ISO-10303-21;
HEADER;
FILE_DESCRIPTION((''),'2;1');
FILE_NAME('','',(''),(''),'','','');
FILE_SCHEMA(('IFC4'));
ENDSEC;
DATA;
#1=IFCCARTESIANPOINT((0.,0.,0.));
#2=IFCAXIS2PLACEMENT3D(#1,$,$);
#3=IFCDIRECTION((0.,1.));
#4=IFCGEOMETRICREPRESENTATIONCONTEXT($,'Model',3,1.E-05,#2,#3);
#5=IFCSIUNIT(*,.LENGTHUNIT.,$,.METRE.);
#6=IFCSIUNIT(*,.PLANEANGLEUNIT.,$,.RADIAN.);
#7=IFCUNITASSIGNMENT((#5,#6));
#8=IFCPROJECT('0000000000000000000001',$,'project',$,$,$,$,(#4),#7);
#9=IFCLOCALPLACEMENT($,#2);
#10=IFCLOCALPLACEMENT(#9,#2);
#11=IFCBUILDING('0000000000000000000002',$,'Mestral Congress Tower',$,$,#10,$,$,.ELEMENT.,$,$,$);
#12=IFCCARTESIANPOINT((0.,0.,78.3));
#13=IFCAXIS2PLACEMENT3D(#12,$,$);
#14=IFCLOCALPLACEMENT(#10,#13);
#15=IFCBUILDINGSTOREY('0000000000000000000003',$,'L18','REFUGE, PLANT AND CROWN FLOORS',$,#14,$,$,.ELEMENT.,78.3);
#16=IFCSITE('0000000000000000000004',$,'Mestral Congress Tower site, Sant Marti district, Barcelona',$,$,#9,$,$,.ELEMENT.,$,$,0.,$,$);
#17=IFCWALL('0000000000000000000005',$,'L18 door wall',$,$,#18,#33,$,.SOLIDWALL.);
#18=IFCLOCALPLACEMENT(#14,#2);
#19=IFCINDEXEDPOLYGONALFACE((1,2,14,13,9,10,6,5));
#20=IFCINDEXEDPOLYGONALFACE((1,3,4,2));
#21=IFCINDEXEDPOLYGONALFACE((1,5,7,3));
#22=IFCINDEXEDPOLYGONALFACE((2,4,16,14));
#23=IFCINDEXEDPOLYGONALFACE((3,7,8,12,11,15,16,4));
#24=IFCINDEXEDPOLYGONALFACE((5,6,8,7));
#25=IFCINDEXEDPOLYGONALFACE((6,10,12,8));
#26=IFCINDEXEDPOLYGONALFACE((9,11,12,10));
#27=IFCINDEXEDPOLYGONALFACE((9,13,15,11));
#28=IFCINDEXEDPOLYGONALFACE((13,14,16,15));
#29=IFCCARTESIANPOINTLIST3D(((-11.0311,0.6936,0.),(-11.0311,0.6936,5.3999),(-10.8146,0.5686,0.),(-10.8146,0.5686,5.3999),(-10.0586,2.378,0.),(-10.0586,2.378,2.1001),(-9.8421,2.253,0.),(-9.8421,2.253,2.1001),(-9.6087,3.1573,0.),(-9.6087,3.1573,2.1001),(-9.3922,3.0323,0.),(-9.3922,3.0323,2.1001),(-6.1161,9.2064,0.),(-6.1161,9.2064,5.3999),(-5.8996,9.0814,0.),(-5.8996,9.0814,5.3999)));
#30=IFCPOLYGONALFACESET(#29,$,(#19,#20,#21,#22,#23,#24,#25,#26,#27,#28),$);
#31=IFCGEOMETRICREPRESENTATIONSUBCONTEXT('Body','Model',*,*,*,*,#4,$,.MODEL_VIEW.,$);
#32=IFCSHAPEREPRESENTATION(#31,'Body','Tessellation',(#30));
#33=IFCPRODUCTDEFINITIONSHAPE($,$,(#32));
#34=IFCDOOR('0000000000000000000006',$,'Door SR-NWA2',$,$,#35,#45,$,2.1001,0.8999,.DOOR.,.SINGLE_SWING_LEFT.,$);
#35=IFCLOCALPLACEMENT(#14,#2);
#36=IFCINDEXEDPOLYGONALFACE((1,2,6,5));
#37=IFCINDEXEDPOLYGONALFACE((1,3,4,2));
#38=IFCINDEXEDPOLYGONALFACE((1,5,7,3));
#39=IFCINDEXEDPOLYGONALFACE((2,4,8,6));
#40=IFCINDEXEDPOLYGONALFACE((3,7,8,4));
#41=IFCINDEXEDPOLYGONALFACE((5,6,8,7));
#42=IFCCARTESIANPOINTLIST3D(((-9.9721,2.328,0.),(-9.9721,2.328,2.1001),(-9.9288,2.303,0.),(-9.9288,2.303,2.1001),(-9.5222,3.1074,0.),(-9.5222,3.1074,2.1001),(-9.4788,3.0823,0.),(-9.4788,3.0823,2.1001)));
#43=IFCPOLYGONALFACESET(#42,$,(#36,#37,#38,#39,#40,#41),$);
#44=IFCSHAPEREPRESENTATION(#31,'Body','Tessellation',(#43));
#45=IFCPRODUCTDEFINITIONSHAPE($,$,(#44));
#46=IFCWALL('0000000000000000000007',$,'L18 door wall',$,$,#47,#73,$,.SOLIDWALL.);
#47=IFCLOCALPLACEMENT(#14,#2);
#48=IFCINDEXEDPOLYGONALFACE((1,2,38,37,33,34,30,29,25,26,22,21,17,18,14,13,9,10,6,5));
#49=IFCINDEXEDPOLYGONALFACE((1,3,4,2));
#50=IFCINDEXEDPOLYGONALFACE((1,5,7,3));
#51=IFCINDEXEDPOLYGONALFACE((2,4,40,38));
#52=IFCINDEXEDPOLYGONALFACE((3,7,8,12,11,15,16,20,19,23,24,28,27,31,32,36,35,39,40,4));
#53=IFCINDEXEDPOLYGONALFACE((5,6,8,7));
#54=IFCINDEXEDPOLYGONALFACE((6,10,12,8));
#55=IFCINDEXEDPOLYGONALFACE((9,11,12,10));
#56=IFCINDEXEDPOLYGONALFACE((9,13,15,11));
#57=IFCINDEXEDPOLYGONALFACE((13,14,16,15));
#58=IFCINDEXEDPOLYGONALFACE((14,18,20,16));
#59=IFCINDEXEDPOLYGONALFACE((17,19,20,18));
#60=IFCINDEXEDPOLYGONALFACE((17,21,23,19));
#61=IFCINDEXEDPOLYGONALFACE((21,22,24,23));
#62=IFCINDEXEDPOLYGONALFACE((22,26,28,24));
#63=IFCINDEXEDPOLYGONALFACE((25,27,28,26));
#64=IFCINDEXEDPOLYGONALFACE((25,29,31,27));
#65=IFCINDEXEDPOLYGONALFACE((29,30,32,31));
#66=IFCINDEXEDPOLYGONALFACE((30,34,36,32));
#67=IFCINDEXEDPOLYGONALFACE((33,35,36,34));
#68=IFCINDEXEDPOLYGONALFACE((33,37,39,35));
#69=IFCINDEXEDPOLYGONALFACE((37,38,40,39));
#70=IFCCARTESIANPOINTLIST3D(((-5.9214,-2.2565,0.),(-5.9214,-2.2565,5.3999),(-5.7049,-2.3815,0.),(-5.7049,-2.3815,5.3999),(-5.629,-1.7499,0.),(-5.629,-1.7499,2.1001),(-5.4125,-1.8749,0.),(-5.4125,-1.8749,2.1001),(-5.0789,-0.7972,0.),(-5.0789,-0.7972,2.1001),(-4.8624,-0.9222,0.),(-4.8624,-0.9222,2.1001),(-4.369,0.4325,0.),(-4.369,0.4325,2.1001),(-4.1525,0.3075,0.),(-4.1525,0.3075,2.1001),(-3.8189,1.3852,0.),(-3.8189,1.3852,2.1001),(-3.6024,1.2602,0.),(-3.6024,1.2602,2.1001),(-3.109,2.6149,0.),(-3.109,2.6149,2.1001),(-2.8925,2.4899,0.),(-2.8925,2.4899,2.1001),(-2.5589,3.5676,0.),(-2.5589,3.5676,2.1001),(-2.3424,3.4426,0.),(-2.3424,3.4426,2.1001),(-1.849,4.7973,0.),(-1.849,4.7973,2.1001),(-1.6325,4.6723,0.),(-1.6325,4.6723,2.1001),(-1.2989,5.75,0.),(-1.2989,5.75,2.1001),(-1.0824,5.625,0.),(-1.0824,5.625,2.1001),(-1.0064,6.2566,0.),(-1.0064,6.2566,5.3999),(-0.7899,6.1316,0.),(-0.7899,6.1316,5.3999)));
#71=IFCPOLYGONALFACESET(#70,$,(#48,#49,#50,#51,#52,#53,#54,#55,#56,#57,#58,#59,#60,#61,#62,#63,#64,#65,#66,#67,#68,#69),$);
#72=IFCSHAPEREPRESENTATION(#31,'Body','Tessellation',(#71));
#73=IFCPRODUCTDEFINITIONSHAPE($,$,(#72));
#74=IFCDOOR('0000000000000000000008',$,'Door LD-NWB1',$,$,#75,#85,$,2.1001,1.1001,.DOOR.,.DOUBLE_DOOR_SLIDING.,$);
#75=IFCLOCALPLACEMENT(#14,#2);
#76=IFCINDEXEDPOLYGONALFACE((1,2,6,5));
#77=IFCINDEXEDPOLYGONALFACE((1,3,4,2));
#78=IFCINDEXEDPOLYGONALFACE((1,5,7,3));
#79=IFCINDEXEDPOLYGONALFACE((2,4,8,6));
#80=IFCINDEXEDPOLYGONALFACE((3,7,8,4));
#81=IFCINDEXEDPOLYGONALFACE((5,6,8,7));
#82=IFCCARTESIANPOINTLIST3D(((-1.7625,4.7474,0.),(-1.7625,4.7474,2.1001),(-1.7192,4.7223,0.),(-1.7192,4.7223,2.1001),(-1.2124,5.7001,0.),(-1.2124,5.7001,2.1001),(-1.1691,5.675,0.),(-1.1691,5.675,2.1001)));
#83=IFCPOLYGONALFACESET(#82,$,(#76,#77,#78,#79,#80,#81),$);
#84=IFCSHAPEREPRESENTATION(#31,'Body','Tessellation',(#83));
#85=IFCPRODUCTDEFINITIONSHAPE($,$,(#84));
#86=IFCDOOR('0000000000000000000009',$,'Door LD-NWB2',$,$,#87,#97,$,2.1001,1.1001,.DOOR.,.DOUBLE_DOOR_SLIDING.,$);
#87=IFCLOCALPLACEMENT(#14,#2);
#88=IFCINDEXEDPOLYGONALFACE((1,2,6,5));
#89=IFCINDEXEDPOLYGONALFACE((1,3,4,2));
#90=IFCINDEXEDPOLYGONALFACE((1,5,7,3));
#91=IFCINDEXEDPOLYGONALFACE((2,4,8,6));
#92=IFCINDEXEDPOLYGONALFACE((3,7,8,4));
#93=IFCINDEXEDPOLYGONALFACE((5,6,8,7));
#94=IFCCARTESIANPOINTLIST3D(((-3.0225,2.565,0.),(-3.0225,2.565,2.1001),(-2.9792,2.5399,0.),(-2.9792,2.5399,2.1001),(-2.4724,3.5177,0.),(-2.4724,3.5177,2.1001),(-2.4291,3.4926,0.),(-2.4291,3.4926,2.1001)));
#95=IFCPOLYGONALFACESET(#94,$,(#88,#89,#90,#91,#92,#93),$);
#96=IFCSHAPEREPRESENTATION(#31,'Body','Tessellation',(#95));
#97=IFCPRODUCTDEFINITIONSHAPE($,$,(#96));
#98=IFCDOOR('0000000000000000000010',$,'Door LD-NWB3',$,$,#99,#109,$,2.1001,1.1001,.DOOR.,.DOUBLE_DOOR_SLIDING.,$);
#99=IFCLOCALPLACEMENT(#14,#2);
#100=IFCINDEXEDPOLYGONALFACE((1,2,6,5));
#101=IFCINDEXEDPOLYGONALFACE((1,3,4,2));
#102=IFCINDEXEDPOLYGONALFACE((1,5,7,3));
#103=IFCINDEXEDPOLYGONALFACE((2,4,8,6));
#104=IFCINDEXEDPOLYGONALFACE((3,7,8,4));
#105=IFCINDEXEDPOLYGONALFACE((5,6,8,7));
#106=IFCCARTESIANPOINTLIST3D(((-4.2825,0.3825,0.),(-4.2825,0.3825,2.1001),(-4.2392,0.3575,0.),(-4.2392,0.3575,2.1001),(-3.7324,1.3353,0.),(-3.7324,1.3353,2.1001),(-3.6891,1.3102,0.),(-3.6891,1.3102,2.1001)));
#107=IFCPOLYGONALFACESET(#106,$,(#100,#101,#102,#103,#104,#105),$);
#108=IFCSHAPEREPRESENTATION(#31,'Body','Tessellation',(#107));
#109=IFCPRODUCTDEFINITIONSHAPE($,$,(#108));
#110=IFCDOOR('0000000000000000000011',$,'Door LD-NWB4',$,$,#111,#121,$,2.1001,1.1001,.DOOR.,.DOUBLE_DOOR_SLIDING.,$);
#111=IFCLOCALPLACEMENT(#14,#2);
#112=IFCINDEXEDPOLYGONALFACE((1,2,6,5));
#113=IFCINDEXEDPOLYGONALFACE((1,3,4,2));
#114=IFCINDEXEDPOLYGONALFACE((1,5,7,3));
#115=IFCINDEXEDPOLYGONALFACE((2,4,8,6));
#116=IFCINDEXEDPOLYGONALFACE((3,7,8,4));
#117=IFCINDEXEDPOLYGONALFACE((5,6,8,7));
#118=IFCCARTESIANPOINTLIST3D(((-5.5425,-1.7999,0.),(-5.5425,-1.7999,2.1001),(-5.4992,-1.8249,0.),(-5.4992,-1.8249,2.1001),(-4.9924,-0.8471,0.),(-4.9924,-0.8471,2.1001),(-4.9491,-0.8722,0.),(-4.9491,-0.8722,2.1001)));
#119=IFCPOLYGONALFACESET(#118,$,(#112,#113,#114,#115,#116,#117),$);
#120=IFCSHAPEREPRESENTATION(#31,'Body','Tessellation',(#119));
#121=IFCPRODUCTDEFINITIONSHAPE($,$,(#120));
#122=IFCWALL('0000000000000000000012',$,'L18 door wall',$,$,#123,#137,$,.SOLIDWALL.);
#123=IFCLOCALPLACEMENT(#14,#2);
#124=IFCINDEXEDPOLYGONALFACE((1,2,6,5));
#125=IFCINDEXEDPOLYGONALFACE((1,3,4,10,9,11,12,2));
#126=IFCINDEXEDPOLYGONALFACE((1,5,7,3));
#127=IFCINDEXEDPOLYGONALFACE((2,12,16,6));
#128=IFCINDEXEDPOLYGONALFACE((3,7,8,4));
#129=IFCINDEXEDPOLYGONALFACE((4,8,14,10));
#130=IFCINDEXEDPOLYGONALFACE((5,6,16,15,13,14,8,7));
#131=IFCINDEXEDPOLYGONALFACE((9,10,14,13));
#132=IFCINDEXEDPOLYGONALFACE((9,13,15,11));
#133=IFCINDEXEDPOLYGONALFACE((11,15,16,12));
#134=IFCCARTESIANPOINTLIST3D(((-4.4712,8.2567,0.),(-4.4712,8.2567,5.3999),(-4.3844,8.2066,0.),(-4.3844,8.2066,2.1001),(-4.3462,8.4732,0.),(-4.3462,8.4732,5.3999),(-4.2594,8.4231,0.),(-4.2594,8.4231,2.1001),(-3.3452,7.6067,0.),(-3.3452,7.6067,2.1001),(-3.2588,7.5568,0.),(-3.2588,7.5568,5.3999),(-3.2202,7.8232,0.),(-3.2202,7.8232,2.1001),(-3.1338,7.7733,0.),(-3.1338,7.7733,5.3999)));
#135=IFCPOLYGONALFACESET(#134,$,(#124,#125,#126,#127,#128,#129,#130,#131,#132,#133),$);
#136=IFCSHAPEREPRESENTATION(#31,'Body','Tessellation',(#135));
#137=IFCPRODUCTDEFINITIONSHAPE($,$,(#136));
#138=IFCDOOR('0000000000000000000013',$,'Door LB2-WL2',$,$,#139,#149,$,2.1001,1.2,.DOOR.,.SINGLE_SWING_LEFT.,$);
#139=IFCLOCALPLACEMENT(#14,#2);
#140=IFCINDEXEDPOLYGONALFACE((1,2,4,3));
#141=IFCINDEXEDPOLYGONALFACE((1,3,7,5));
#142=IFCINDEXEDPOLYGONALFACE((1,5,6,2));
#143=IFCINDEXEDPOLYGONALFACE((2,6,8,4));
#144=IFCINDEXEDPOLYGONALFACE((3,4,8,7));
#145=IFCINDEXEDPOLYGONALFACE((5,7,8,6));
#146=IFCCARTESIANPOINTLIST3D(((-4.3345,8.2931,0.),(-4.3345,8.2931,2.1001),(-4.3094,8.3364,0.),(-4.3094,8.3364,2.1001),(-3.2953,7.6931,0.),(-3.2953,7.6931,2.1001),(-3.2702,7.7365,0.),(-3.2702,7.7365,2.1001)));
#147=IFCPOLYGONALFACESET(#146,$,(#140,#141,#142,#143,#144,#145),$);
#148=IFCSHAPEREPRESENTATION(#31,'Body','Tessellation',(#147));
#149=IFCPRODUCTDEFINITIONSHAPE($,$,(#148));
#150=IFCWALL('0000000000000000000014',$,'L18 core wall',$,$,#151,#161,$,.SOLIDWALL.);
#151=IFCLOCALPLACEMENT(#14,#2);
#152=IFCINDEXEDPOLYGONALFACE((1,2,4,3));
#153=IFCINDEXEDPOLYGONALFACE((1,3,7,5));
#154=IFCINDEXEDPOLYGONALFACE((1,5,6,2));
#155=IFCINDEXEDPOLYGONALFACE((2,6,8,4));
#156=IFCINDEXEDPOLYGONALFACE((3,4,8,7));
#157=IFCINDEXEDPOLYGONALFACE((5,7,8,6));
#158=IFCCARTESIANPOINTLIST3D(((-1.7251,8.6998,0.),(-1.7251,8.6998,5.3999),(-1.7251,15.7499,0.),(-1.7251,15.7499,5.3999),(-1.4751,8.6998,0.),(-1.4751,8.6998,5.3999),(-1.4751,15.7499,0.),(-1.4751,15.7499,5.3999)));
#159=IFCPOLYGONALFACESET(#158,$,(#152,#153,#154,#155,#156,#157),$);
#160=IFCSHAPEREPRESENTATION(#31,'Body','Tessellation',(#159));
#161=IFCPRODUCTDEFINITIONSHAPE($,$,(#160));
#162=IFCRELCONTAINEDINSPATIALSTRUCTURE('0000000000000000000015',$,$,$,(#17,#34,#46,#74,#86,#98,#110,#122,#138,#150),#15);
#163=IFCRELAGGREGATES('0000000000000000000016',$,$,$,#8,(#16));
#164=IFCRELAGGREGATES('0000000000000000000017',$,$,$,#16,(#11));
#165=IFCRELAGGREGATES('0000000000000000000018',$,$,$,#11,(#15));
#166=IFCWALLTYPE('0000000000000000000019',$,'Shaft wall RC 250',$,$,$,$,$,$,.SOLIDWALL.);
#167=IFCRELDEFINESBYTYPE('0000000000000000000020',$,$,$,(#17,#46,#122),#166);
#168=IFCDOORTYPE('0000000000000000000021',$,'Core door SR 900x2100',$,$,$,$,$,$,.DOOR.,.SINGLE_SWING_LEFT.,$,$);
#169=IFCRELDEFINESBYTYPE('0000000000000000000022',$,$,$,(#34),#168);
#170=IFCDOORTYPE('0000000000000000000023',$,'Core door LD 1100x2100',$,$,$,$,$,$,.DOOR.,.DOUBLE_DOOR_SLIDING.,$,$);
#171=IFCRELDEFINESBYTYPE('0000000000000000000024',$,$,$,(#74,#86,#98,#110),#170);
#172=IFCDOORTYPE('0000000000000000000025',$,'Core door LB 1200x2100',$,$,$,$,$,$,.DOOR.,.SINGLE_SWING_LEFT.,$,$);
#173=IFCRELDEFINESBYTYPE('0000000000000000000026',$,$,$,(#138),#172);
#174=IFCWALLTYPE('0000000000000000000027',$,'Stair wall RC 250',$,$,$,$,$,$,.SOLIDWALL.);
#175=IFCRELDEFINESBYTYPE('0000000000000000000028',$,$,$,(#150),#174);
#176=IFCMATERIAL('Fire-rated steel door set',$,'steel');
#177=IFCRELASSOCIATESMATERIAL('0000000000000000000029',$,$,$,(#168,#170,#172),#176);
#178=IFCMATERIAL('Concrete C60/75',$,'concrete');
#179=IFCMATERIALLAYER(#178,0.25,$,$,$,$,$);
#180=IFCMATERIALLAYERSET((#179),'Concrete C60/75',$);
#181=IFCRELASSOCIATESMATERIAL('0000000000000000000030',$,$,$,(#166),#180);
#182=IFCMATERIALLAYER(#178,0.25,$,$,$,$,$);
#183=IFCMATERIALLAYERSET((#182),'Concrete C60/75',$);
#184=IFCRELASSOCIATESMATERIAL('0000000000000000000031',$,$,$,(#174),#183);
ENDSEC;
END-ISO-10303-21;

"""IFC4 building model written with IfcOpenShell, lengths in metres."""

from ifc_helpers import new_model, si_unit, direction, frame, frame_2d, origin, place, context, subcontext, project, spatial, rectangle, extrude, material, layer, layer_set, type_object, element, fill, save


model = new_model("IFC4")

# Units and contexts
model_context = context("Model", 3, precision=1e-05, world=origin(), true_north=direction((0.0, 1.0)))
body_context = subcontext(model_context, "Body", "Model", "MODEL_VIEW")
ifc_project = project(units=[si_unit("LENGTHUNIT", "METRE"), si_unit("PLANEANGLEUNIT", "RADIAN")], contexts=[model_context])

# Site, building, storey
site_placement = place(None, origin())
site = spatial("IfcSite", under=ifc_project, at=site_placement, Name="Mestral Congress Tower site, Sant Marti district, Barcelona", CompositionType="ELEMENT", RefElevation=0.0)
building_placement = place(site_placement, origin())
building = spatial("IfcBuilding", under=site, at=building_placement, Name="Mestral Congress Tower", CompositionType="ELEMENT")
storey_placement = place(building_placement, frame((0.0, 0.0, 78.3)))
storey = spatial("IfcBuildingStorey", under=building, at=storey_placement, Name="L18", Description="REFUGE, PLANT AND CROWN FLOORS", CompositionType="ELEMENT", Elevation=78.3)

# Shared definitions
ifc_material_1 = material(Name="Fire-rated steel door set", Category="steel")
door_type_1 = type_object("IfcDoorType", Name="Core door SR 900x2100", OperationType="SINGLE_SWING_LEFT", PredefinedType="DOOR", material=ifc_material_1)

# Shared definitions
ifc_material_2 = material(Name="Concrete C60/75", Category="concrete")
ifc_layer_1 = layer(ifc_material_2, 0.25)
ifc_layer_set_1 = layer_set([ifc_layer_1], Name="Concrete C60/75")
wall_type_1 = type_object("IfcWallType", Name="Shaft wall RC 250", PredefinedType="SOLIDWALL", material=ifc_layer_set_1)

# Wall, opening, door
wall_1_placement = place(storey_placement, frame((-6.0078, 9.144, 0.0), z_axis=(0.0, 0.0, 1.0), x_axis=(-0.500007, -0.866021, 0.0)))
wall_1 = element("IfcWall", 1, at=wall_1_placement, inside=storey, type_object=wall_type_1, Name="L18 door wall", PredefinedType="SOLIDWALL", context=body_context, shape_type="SweptSolid", body=[
    extrude(rectangle(XDim=9.8298, YDim=0.25, at=frame_2d((4.915, 0.0))), origin(), (0.0, 0.0, 1.0), 5.3999),
])
opening_1_placement = place(wall_1_placement, frame((6.9851, 0.0, 0.0)))
opening_1 = element("IfcOpeningElement", 2, at=opening_1_placement, cuts=wall_1, PredefinedType="OPENING", context=body_context, shape_type="SweptSolid", body=[
    extrude(rectangle(XDim=0.8999, YDim=2.1001, at=frame_2d((0.45, 1.05))), frame((0.0, 0.135, 0.0), z_axis=(0.0, -1.0, 0.0), x_axis=(1.0, 0.0, 0.0)), (0.0, 0.0, 1.0), 0.27),
])
door_1_placement = place(opening_1_placement, origin())
door_1 = element("IfcDoor", 3, at=door_1_placement, inside=storey, type_object=door_type_1, Name="Door SR-NWA2", OperationType="SINGLE_SWING_LEFT", OverallHeight=2.1001, OverallWidth=0.8999, PredefinedType="DOOR", context=body_context, shape_type="SweptSolid", body=[
    extrude(rectangle(XDim=0.8999, YDim=2.1001, at=frame_2d((0.45, 1.05))), frame((0.0, 0.0249, 0.0), z_axis=(0.0, -1.0, 0.0), x_axis=(1.0, 0.0, 0.0)), (0.0, 0.0, 1.0), 0.05),
])
fill(opening_1, door_1)

# Wall, openings, doors
wall_2_placement = place(storey_placement, frame((-0.8982, 6.1941, 0.0), z_axis=(0.0, 0.0, 1.0), x_axis=(-0.499996, -0.866028, 0.0)))
wall_2 = element("IfcWall", 4, at=wall_2_placement, inside=storey, type_object=wall_type_1, Name="L18 door wall", PredefinedType="SOLIDWALL", context=body_context, shape_type="SweptSolid", body=[
    extrude(rectangle(XDim=9.8301, YDim=0.25, at=frame_2d((4.915, 0.0))), origin(), (0.0, 0.0, 1.0), 5.3999),
])
opening_2_placement = place(wall_2_placement, frame((0.585, 0.0, 0.0)))
opening_2 = element("IfcOpeningElement", 5, at=opening_2_placement, cuts=wall_2, PredefinedType="OPENING", context=body_context, shape_type="SweptSolid", body=[
    extrude(rectangle(XDim=1.1001, YDim=2.1001, at=frame_2d((0.55, 1.05))), frame((0.0, 0.135, 0.0), z_axis=(0.0, -1.0, 0.0), x_axis=(1.0, 0.0, 0.0)), (0.0, 0.0, 1.0), 0.27),
])
opening_3_placement = place(wall_2_placement, frame((3.105, 0.0, 0.0)))
opening_3 = element("IfcOpeningElement", 6, at=opening_3_placement, cuts=wall_2, PredefinedType="OPENING", context=body_context, shape_type="SweptSolid", body=[
    extrude(rectangle(XDim=1.1001, YDim=2.1001, at=frame_2d((0.55, 1.05))), frame((0.0, 0.135, 0.0), z_axis=(0.0, -1.0, 0.0), x_axis=(1.0, 0.0, 0.0)), (0.0, 0.0, 1.0), 0.27),
])
opening_4_placement = place(wall_2_placement, frame((5.625, 0.0, 0.0)))
opening_4 = element("IfcOpeningElement", 7, at=opening_4_placement, cuts=wall_2, PredefinedType="OPENING", context=body_context, shape_type="SweptSolid", body=[
    extrude(rectangle(XDim=1.1001, YDim=2.1001, at=frame_2d((0.55, 1.05))), frame((0.0, 0.135, 0.0), z_axis=(0.0, -1.0, 0.0), x_axis=(1.0, 0.0, 0.0)), (0.0, 0.0, 1.0), 0.27),
])
opening_5_placement = place(wall_2_placement, frame((8.145, 0.0, 0.0)))
opening_5 = element("IfcOpeningElement", 8, at=opening_5_placement, cuts=wall_2, PredefinedType="OPENING", context=body_context, shape_type="SweptSolid", body=[
    extrude(rectangle(XDim=1.1001, YDim=2.1001, at=frame_2d((0.55, 1.05))), frame((0.0, 0.135, 0.0), z_axis=(0.0, -1.0, 0.0), x_axis=(1.0, 0.0, 0.0)), (0.0, 0.0, 1.0), 0.27),
])
door_type_2 = type_object("IfcDoorType", Name="Core door LD 1100x2100", OperationType="DOUBLE_DOOR_SLIDING", PredefinedType="DOOR", material=ifc_material_1)
door_2_placement = place(opening_2_placement, origin())
door_2 = element("IfcDoor", 9, at=door_2_placement, inside=storey, type_object=door_type_2, Name="Door LD-NWB1", OperationType="DOUBLE_DOOR_SLIDING", OverallHeight=2.1001, OverallWidth=1.1001, PredefinedType="DOOR", context=body_context, shape_type="SweptSolid", body=[
    extrude(rectangle(XDim=1.1001, YDim=2.1001, at=frame_2d((0.55, 1.05))), frame((0.0, 0.0249, 0.0), z_axis=(0.0, -1.0, 0.0), x_axis=(1.0, 0.0, 0.0)), (0.0, 0.0, 1.0), 0.05),
])
fill(opening_2, door_2)
door_3_placement = place(opening_3_placement, origin())
door_3 = element("IfcDoor", 10, at=door_3_placement, inside=storey, type_object=door_type_2, Name="Door LD-NWB2", OperationType="DOUBLE_DOOR_SLIDING", OverallHeight=2.1001, OverallWidth=1.1001, PredefinedType="DOOR", context=body_context, shape_type="SweptSolid", body=[
    extrude(rectangle(XDim=1.1001, YDim=2.1001, at=frame_2d((0.55, 1.05))), frame((0.0, 0.0249, 0.0), z_axis=(0.0, -1.0, 0.0), x_axis=(1.0, 0.0, 0.0)), (0.0, 0.0, 1.0), 0.05),
])
fill(opening_3, door_3)
door_4_placement = place(opening_4_placement, origin())
door_4 = element("IfcDoor", 11, at=door_4_placement, inside=storey, type_object=door_type_2, Name="Door LD-NWB3", OperationType="DOUBLE_DOOR_SLIDING", OverallHeight=2.1001, OverallWidth=1.1001, PredefinedType="DOOR", context=body_context, shape_type="SweptSolid", body=[
    extrude(rectangle(XDim=1.1001, YDim=2.1001, at=frame_2d((0.55, 1.05))), frame((0.0, 0.0249, 0.0), z_axis=(0.0, -1.0, 0.0), x_axis=(1.0, 0.0, 0.0)), (0.0, 0.0, 1.0), 0.05),
])
fill(opening_4, door_4)
door_5_placement = place(opening_5_placement, origin())
door_5 = element("IfcDoor", 12, at=door_5_placement, inside=storey, type_object=door_type_2, Name="Door LD-NWB4", OperationType="DOUBLE_DOOR_SLIDING", OverallHeight=2.1001, OverallWidth=1.1001, PredefinedType="DOOR", context=body_context, shape_type="SweptSolid", body=[
    extrude(rectangle(XDim=1.1001, YDim=2.1001, at=frame_2d((0.55, 1.05))), frame((0.0, 0.0249, 0.0), z_axis=(0.0, -1.0, 0.0), x_axis=(1.0, 0.0, 0.0)), (0.0, 0.0, 1.0), 0.05),
])
fill(opening_5, door_5)

# Wall, opening, door
wall_3_placement = place(storey_placement, frame((-4.4087, 8.365, 0.0), z_axis=(0.0, 0.0, 1.0), x_axis=(0.866035, -0.499984, 0.0)))
wall_3 = element("IfcWall", 13, at=wall_3_placement, inside=storey, type_object=wall_type_1, Name="L18 door wall", PredefinedType="SOLIDWALL", context=body_context, shape_type="SweptSolid", body=[
    extrude(rectangle(XDim=1.3999, YDim=0.25, at=frame_2d((0.7, 0.0))), origin(), (0.0, 0.0, 1.0), 5.3999),
])
opening_6_placement = place(wall_3_placement, frame((0.1001, 0.0, 0.0)))
opening_6 = element("IfcOpeningElement", 14, at=opening_6_placement, cuts=wall_3, PredefinedType="OPENING", context=body_context, shape_type="SweptSolid", body=[
    extrude(rectangle(XDim=1.2, YDim=2.1001, at=frame_2d((0.6001, 1.05))), frame((0.0, 0.135, 0.0), z_axis=(0.0, -1.0, 0.0), x_axis=(1.0, 0.0, 0.0)), (0.0, 0.0, 1.0), 0.27),
])
door_type_3 = type_object("IfcDoorType", Name="Core door LB 1200x2100", OperationType="SINGLE_SWING_LEFT", PredefinedType="DOOR", material=ifc_material_1)
door_6_placement = place(opening_6_placement, origin())
door_6 = element("IfcDoor", 15, at=door_6_placement, inside=storey, type_object=door_type_3, Name="Door LB2-WL2", OperationType="SINGLE_SWING_LEFT", OverallHeight=2.1001, OverallWidth=1.2, PredefinedType="DOOR", context=body_context, shape_type="SweptSolid", body=[
    extrude(rectangle(XDim=1.2, YDim=2.1001, at=frame_2d((0.6001, 1.05))), frame((0.0, 0.0249, 0.0), z_axis=(0.0, -1.0, 0.0), x_axis=(1.0, 0.0, 0.0)), (0.0, 0.0, 1.0), 0.05),
])
fill(opening_6, door_6)

# Wall
ifc_layer_2 = layer(ifc_material_2, 0.25)
ifc_layer_set_2 = layer_set([ifc_layer_2], Name="Concrete C60/75")
wall_type_2 = type_object("IfcWallType", Name="Stair wall RC 250", PredefinedType="SOLIDWALL", material=ifc_layer_set_2)
wall_4_placement = place(storey_placement, frame((-1.6001, 8.7, 0.0), z_axis=(0.0, 0.0, 1.0), x_axis=(0.0, 1.0, 0.0)))
element("IfcWall", 16, at=wall_4_placement, inside=storey, type_object=wall_type_2, Name="L18 core wall", PredefinedType="SOLIDWALL", context=body_context, shape_type="SweptSolid", body=[
    extrude(rectangle(XDim=7.05, YDim=0.25, at=frame_2d((3.5249, 0.0))), origin(), (0.0, 0.0, 1.0), 5.3999),
])

save(model, "model.ifc")
